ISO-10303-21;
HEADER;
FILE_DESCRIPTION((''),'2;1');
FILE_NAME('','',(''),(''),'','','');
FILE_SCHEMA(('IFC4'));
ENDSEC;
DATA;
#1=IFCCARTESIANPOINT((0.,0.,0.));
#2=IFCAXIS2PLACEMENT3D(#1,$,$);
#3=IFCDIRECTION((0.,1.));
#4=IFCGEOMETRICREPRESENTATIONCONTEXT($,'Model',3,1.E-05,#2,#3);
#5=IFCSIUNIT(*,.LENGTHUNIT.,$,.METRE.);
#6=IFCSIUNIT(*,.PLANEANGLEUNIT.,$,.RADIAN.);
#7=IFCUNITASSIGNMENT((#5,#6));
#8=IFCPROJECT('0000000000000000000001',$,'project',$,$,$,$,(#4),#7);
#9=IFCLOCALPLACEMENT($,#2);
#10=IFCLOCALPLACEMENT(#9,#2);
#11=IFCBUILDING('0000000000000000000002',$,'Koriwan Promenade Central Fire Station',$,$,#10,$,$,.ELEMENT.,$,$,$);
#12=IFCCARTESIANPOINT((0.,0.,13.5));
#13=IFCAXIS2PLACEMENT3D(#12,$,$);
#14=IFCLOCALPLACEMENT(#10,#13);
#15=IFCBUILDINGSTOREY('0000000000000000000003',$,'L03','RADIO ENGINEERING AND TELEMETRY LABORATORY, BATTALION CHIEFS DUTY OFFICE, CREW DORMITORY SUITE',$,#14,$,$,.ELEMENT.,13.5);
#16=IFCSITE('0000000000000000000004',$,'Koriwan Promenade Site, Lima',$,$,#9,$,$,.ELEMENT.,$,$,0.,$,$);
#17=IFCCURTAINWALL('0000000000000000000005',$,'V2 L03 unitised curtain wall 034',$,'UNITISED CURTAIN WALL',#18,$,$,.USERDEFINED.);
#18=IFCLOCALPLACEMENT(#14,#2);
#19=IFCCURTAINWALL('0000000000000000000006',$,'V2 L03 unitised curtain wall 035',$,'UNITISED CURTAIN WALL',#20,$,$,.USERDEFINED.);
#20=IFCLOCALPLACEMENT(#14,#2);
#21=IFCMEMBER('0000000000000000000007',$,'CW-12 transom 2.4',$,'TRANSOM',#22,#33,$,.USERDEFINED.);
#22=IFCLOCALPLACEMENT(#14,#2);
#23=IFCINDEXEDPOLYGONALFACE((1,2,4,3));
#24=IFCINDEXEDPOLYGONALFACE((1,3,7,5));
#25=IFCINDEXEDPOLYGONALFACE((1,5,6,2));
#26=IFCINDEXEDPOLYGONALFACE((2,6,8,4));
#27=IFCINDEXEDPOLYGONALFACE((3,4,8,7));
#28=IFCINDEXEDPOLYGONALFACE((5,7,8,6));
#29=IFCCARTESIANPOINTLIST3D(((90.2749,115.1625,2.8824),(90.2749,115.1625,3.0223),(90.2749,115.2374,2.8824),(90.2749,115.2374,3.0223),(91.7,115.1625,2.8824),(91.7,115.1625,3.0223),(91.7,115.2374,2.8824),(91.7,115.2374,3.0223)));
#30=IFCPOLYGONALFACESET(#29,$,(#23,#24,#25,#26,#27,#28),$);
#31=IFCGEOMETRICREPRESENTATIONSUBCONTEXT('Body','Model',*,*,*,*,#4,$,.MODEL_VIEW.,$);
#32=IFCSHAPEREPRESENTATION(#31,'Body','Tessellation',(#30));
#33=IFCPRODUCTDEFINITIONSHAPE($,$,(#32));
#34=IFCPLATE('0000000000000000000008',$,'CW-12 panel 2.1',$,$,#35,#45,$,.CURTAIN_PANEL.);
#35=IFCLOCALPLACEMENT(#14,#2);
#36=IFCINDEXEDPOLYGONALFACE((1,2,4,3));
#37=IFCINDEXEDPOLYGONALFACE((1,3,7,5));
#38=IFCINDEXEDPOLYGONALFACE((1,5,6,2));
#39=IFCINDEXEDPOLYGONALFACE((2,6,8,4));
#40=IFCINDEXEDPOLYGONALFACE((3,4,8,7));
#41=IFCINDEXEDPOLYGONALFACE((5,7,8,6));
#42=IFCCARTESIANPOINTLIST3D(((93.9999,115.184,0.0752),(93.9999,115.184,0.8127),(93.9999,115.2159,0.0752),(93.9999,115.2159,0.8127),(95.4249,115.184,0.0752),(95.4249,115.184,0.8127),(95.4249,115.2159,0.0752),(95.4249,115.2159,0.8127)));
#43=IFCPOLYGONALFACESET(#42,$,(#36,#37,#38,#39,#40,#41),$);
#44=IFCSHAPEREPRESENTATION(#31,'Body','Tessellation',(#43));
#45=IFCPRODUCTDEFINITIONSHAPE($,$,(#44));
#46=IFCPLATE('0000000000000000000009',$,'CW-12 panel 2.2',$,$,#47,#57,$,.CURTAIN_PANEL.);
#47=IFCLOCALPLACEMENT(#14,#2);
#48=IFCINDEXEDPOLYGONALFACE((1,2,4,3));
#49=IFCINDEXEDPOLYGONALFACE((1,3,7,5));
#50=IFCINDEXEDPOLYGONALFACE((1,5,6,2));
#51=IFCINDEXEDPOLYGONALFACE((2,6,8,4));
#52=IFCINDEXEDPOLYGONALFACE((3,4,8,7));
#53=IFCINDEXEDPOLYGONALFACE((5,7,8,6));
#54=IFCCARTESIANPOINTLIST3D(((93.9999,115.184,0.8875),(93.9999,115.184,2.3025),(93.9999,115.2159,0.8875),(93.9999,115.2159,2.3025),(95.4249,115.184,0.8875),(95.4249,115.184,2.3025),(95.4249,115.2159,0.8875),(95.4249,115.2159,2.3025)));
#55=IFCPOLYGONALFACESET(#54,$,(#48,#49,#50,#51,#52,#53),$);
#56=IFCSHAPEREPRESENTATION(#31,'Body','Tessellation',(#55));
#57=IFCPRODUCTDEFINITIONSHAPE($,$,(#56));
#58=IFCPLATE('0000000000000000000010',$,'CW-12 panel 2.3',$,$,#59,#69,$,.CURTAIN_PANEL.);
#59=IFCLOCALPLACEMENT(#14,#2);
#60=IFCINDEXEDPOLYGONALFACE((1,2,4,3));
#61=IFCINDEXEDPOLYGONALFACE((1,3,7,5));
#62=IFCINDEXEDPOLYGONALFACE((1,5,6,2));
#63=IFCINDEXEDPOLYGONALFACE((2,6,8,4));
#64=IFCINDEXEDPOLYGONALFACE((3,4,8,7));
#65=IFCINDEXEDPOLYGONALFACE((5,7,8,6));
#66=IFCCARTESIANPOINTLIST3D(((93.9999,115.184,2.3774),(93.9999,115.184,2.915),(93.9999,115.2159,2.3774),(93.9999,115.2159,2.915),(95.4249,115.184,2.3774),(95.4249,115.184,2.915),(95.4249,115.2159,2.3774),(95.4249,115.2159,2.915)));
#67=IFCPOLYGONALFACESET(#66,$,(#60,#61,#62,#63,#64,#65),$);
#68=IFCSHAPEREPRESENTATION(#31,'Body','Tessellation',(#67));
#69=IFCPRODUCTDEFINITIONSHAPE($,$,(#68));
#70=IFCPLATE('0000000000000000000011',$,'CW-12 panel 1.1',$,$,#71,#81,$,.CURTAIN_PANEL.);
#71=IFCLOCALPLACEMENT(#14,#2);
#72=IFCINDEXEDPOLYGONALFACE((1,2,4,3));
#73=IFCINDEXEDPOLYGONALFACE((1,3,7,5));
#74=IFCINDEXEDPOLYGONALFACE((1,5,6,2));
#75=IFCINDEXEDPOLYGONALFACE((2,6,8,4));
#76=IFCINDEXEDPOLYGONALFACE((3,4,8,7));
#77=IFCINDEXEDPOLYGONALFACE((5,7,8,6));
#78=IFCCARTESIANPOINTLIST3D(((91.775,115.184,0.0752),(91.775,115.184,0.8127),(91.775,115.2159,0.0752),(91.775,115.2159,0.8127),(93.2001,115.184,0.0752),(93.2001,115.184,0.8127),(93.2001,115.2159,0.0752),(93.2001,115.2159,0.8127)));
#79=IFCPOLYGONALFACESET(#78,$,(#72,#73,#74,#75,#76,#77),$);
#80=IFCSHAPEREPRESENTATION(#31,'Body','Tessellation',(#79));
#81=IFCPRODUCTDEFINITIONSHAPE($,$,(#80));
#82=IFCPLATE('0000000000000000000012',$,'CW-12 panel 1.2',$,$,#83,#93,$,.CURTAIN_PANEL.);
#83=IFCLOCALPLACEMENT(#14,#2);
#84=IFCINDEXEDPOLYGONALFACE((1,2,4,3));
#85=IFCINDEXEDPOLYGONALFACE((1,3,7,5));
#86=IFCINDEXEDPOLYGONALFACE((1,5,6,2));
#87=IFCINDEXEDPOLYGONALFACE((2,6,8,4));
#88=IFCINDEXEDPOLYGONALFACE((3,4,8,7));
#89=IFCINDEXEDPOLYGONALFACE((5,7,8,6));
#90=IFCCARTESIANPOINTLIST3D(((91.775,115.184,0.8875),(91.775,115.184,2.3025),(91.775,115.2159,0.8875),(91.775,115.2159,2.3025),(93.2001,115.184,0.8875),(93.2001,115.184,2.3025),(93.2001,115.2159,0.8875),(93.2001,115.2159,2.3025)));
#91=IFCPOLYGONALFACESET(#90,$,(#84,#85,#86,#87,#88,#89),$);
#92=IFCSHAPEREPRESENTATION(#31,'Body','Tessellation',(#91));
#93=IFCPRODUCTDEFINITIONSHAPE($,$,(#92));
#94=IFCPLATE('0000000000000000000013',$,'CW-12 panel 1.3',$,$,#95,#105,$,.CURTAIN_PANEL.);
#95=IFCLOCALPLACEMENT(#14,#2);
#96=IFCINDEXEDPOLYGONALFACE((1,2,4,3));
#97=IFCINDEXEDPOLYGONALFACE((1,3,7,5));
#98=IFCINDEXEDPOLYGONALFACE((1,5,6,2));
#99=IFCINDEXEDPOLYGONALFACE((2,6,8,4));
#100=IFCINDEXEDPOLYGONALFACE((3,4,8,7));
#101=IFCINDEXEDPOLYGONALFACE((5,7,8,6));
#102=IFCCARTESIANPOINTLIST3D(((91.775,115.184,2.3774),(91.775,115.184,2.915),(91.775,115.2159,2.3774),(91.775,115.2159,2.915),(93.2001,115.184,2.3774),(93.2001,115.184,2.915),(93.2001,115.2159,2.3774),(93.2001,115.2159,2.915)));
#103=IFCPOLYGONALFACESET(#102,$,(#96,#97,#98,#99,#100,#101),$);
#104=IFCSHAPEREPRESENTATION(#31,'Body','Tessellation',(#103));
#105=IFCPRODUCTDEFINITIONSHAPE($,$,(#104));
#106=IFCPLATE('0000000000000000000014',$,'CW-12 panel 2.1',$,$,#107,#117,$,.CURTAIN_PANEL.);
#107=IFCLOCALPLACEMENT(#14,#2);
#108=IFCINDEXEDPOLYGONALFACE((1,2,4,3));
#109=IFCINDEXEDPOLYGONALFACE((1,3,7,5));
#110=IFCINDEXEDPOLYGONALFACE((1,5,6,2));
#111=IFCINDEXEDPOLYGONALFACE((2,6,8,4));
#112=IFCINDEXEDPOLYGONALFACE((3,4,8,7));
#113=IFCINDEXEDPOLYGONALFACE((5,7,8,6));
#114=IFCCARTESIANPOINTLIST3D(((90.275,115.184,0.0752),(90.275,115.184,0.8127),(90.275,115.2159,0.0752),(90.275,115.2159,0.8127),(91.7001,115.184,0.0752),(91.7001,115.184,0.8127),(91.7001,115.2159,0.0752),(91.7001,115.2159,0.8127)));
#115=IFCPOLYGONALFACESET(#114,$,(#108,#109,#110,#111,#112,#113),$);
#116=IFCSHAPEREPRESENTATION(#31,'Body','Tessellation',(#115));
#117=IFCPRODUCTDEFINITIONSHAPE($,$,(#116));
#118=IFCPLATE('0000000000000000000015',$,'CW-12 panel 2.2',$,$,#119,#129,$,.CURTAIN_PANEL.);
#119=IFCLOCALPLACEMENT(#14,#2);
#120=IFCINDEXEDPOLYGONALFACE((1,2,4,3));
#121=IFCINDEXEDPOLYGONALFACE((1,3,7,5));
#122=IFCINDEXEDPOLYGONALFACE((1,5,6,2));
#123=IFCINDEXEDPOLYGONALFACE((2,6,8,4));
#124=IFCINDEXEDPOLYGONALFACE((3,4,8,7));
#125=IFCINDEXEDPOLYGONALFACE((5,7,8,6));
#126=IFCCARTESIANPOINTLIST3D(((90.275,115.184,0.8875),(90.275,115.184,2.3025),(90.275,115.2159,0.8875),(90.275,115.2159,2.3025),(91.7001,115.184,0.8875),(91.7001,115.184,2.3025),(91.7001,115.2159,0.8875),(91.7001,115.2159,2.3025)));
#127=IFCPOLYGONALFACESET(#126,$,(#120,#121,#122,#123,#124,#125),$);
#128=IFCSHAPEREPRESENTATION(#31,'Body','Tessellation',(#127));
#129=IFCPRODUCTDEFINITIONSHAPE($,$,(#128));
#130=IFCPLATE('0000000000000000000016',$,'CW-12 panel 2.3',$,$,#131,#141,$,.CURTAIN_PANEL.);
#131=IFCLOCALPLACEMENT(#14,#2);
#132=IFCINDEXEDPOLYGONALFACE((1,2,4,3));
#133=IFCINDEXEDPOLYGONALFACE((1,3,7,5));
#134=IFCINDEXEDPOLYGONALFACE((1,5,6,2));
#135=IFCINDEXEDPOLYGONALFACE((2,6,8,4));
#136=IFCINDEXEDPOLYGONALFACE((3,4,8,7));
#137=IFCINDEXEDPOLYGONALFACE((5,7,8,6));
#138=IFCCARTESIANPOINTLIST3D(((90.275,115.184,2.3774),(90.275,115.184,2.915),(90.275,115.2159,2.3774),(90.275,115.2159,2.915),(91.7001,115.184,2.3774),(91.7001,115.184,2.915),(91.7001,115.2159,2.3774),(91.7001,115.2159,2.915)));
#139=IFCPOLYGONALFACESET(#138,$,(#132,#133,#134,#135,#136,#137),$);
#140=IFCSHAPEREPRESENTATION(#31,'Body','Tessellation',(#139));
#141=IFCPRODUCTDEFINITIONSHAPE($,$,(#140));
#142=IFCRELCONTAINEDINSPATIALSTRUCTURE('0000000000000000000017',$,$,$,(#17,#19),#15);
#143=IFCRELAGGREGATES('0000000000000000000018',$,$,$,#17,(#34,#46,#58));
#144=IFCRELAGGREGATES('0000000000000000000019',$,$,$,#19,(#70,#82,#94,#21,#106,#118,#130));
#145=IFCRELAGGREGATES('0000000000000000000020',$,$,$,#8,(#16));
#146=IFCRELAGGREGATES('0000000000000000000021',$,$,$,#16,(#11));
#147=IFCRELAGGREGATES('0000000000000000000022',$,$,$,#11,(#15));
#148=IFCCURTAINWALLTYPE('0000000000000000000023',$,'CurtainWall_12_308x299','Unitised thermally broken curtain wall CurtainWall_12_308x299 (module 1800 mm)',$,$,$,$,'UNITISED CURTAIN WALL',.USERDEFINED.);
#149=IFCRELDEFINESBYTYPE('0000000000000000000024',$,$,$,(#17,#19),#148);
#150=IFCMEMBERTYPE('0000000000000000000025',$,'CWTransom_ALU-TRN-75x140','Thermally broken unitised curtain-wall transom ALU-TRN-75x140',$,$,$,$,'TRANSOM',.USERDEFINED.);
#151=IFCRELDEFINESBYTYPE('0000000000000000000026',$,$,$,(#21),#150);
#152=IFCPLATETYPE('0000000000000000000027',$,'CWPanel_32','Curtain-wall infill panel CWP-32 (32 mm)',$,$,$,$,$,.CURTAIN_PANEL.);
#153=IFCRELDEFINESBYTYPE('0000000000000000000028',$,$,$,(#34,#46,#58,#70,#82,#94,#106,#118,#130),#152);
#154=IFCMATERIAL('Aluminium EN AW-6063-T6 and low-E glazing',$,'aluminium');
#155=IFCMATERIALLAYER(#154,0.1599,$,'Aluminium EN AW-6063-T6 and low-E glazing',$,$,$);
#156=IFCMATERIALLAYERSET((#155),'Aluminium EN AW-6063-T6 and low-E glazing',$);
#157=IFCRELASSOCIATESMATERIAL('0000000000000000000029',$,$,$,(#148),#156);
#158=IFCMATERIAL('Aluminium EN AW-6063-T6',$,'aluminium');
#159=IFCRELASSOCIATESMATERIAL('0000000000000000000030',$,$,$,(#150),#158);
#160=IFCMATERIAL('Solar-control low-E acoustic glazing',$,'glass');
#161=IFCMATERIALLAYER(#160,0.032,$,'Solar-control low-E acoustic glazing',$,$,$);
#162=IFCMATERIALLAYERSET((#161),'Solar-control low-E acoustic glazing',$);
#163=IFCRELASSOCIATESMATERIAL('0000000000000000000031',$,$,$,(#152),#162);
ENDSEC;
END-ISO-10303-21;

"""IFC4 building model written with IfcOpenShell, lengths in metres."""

from ifc_helpers import new_model, si_unit, direction, frame, origin, origin_2d, place, context, subcontext, project, spatial, rectangle, extrude, material, layer, layer_set, material_profile, profile_set, type_object, element, aggregate, save


model = new_model("IFC4")

# Units and contexts
model_context = context("Model", 3, precision=1e-05, world=origin(), true_north=direction((0.0, 1.0)))
body_context = subcontext(model_context, "Body", "Model", "MODEL_VIEW")
ifc_project = project(units=[si_unit("LENGTHUNIT", "METRE"), si_unit("PLANEANGLEUNIT", "RADIAN")], contexts=[model_context])

# Site, building, storey
site_placement = place(None, origin())
site = spatial("IfcSite", under=ifc_project, at=site_placement, Name="Koriwan Promenade Site, Lima", CompositionType="ELEMENT", RefElevation=0.0)
building_placement = place(site_placement, origin())
building = spatial("IfcBuilding", under=site, at=building_placement, Name="Koriwan Promenade Central Fire Station", CompositionType="ELEMENT")
storey_placement = place(building_placement, frame((0.0, 0.0, 13.5)))
storey = spatial("IfcBuildingStorey", under=building, at=storey_placement, Name="L03", Description="RADIO ENGINEERING AND TELEMETRY LABORATORY, BATTALION CHIEFS DUTY OFFICE, CREW DORMITORY SUITE", CompositionType="ELEMENT", Elevation=13.5)

# Curtain wall
ifc_material_1 = material(Name="Aluminium EN AW-6063-T6 and low-E glazing", Category="aluminium")
ifc_layer_1 = layer(ifc_material_1, 0.1599, Name="Aluminium EN AW-6063-T6 and low-E glazing")
ifc_layer_set_1 = layer_set([ifc_layer_1], Name="Aluminium EN AW-6063-T6 and low-E glazing")
curtain_wall_type = type_object("IfcCurtainWallType", Name="CurtainWall_12_308x299", Description="Unitised thermally broken curtain wall CurtainWall_12_308x299 (module 1800 mm)", ElementType="UNITISED CURTAIN WALL", PredefinedType="USERDEFINED", material=ifc_layer_set_1)
curtain_wall_1_placement = place(storey_placement, origin())
curtain_wall_1 = element("IfcCurtainWall", 1, at=curtain_wall_1_placement, inside=storey, type_object=curtain_wall_type, Name="V2 L03 unitised curtain wall 034", ObjectType="UNITISED CURTAIN WALL", PredefinedType="USERDEFINED")
ifc_material_2 = material(Name="Aluminium EN AW-6063-T6", Category="aluminium")

# Curtain wall
curtain_wall_2_placement = place(storey_placement, origin())
curtain_wall_2 = element("IfcCurtainWall", 2, at=curtain_wall_2_placement, inside=storey, type_object=curtain_wall_type, Name="V2 L03 unitised curtain wall 035", ObjectType="UNITISED CURTAIN WALL", PredefinedType="USERDEFINED")

# Member
ifc_material_profile_1 = material_profile(ifc_material_2, rectangle(XDim=0.075, YDim=0.1399, at=origin_2d()), Name="ALU-TRN-75x140")
ifc_profile_set_1 = profile_set([ifc_material_profile_1], Name="Aluminium EN AW-6063-T6")
member_type_1 = type_object("IfcMemberType", Name="CWTransom_ALU-TRN-75x140", Description="Thermally broken unitised curtain-wall transom ALU-TRN-75x140", ElementType="TRANSOM", PredefinedType="USERDEFINED", material=ifc_profile_set_1)
member_1_placement = place(storey_placement, frame((91.7, 115.2, 2.9524), z_axis=(-1.0, 0.0, 0.0), x_axis=(0.0, -1.0, 0.0)))
member_1 = element("IfcMember", 3, at=member_1_placement, type_object=member_type_1, Name="CW-12 transom 2.4", ObjectType="TRANSOM", PredefinedType="USERDEFINED", context=body_context, shape_type="SweptSolid", body=[
    extrude(rectangle(XDim=0.075, YDim=0.1399, at=origin_2d()), origin(), (0.0, 0.0, 1.0), 1.425),
])

# Plates
ifc_material_3 = material(Name="Solar-control low-E acoustic glazing", Category="glass")
ifc_layer_2 = layer(ifc_material_3, 0.032, Name="Solar-control low-E acoustic glazing")
ifc_layer_set_2 = layer_set([ifc_layer_2], Name="Solar-control low-E acoustic glazing")
plate_type = type_object("IfcPlateType", Name="CWPanel_32", Description="Curtain-wall infill panel CWP-32 (32 mm)", PredefinedType="CURTAIN_PANEL", material=ifc_layer_set_2)
plate_1_placement = place(storey_placement, frame((94.7124, 115.2, 0.0752), z_axis=(0.0, 0.0, 1.0), x_axis=(-1.0, 0.0, 0.0)))
plate_1 = element("IfcPlate", 4, at=plate_1_placement, type_object=plate_type, Name="CW-12 panel 2.1", PredefinedType="CURTAIN_PANEL", context=body_context, shape_type="SweptSolid", body=[
    extrude(rectangle(XDim=1.425, YDim=0.032, at=origin_2d()), origin(), (0.0, 0.0, 1.0), 0.7375),
])
plate_2_placement = place(storey_placement, frame((94.7124, 115.2, 0.8875), z_axis=(0.0, 0.0, 1.0), x_axis=(-1.0, 0.0, 0.0)))
plate_2 = element("IfcPlate", 5, at=plate_2_placement, type_object=plate_type, Name="CW-12 panel 2.2", PredefinedType="CURTAIN_PANEL", context=body_context, shape_type="SweptSolid", body=[
    extrude(rectangle(XDim=1.425, YDim=0.032, at=origin_2d()), origin(), (0.0, 0.0, 1.0), 1.415),
])
plate_3_placement = place(storey_placement, frame((94.7124, 115.2, 2.3774), z_axis=(0.0, 0.0, 1.0), x_axis=(-1.0, 0.0, 0.0)))
plate_3 = element("IfcPlate", 6, at=plate_3_placement, type_object=plate_type, Name="CW-12 panel 2.3", PredefinedType="CURTAIN_PANEL", context=body_context, shape_type="SweptSolid", body=[
    extrude(rectangle(XDim=1.425, YDim=0.032, at=origin_2d()), origin(), (0.0, 0.0, 1.0), 0.5376),
])
aggregate(curtain_wall_1, [plate_1, plate_2, plate_3])
plate_4_placement = place(storey_placement, frame((92.4875, 115.2, 0.0752), z_axis=(0.0, 0.0, 1.0), x_axis=(-1.0, 0.0, 0.0)))
plate_4 = element("IfcPlate", 7, at=plate_4_placement, type_object=plate_type, Name="CW-12 panel 1.1", PredefinedType="CURTAIN_PANEL", context=body_context, shape_type="SweptSolid", body=[
    extrude(rectangle(XDim=1.425, YDim=0.032, at=origin_2d()), origin(), (0.0, 0.0, 1.0), 0.7375),
])
plate_5_placement = place(storey_placement, frame((92.4875, 115.2, 0.8875), z_axis=(0.0, 0.0, 1.0), x_axis=(-1.0, 0.0, 0.0)))
plate_5 = element("IfcPlate", 8, at=plate_5_placement, type_object=plate_type, Name="CW-12 panel 1.2", PredefinedType="CURTAIN_PANEL", context=body_context, shape_type="SweptSolid", body=[
    extrude(rectangle(XDim=1.425, YDim=0.032, at=origin_2d()), origin(), (0.0, 0.0, 1.0), 1.415),
])
plate_6_placement = place(storey_placement, frame((92.4875, 115.2, 2.3774), z_axis=(0.0, 0.0, 1.0), x_axis=(-1.0, 0.0, 0.0)))
plate_6 = element("IfcPlate", 9, at=plate_6_placement, type_object=plate_type, Name="CW-12 panel 1.3", PredefinedType="CURTAIN_PANEL", context=body_context, shape_type="SweptSolid", body=[
    extrude(rectangle(XDim=1.425, YDim=0.032, at=origin_2d()), origin(), (0.0, 0.0, 1.0), 0.5376),
])
plate_7_placement = place(storey_placement, frame((90.9875, 115.2, 0.0752), z_axis=(0.0, 0.0, 1.0), x_axis=(-1.0, 0.0, 0.0)))
plate_7 = element("IfcPlate", 10, at=plate_7_placement, type_object=plate_type, Name="CW-12 panel 2.1", PredefinedType="CURTAIN_PANEL", context=body_context, shape_type="SweptSolid", body=[
    extrude(rectangle(XDim=1.425, YDim=0.032, at=origin_2d()), origin(), (0.0, 0.0, 1.0), 0.7375),
])
plate_8_placement = place(storey_placement, frame((90.9875, 115.2, 0.8875), z_axis=(0.0, 0.0, 1.0), x_axis=(-1.0, 0.0, 0.0)))
plate_8 = element("IfcPlate", 11, at=plate_8_placement, type_object=plate_type, Name="CW-12 panel 2.2", PredefinedType="CURTAIN_PANEL", context=body_context, shape_type="SweptSolid", body=[
    extrude(rectangle(XDim=1.425, YDim=0.032, at=origin_2d()), origin(), (0.0, 0.0, 1.0), 1.415),
])
plate_9_placement = place(storey_placement, frame((90.9875, 115.2, 2.3774), z_axis=(0.0, 0.0, 1.0), x_axis=(-1.0, 0.0, 0.0)))
plate_9 = element("IfcPlate", 12, at=plate_9_placement, type_object=plate_type, Name="CW-12 panel 2.3", PredefinedType="CURTAIN_PANEL", context=body_context, shape_type="SweptSolid", body=[
    extrude(rectangle(XDim=1.425, YDim=0.032, at=origin_2d()), origin(), (0.0, 0.0, 1.0), 0.5376),
])
aggregate(curtain_wall_2, [plate_4, plate_5, plate_6, member_1, plate_7, plate_8, plate_9])

save(model, "model.ifc")
